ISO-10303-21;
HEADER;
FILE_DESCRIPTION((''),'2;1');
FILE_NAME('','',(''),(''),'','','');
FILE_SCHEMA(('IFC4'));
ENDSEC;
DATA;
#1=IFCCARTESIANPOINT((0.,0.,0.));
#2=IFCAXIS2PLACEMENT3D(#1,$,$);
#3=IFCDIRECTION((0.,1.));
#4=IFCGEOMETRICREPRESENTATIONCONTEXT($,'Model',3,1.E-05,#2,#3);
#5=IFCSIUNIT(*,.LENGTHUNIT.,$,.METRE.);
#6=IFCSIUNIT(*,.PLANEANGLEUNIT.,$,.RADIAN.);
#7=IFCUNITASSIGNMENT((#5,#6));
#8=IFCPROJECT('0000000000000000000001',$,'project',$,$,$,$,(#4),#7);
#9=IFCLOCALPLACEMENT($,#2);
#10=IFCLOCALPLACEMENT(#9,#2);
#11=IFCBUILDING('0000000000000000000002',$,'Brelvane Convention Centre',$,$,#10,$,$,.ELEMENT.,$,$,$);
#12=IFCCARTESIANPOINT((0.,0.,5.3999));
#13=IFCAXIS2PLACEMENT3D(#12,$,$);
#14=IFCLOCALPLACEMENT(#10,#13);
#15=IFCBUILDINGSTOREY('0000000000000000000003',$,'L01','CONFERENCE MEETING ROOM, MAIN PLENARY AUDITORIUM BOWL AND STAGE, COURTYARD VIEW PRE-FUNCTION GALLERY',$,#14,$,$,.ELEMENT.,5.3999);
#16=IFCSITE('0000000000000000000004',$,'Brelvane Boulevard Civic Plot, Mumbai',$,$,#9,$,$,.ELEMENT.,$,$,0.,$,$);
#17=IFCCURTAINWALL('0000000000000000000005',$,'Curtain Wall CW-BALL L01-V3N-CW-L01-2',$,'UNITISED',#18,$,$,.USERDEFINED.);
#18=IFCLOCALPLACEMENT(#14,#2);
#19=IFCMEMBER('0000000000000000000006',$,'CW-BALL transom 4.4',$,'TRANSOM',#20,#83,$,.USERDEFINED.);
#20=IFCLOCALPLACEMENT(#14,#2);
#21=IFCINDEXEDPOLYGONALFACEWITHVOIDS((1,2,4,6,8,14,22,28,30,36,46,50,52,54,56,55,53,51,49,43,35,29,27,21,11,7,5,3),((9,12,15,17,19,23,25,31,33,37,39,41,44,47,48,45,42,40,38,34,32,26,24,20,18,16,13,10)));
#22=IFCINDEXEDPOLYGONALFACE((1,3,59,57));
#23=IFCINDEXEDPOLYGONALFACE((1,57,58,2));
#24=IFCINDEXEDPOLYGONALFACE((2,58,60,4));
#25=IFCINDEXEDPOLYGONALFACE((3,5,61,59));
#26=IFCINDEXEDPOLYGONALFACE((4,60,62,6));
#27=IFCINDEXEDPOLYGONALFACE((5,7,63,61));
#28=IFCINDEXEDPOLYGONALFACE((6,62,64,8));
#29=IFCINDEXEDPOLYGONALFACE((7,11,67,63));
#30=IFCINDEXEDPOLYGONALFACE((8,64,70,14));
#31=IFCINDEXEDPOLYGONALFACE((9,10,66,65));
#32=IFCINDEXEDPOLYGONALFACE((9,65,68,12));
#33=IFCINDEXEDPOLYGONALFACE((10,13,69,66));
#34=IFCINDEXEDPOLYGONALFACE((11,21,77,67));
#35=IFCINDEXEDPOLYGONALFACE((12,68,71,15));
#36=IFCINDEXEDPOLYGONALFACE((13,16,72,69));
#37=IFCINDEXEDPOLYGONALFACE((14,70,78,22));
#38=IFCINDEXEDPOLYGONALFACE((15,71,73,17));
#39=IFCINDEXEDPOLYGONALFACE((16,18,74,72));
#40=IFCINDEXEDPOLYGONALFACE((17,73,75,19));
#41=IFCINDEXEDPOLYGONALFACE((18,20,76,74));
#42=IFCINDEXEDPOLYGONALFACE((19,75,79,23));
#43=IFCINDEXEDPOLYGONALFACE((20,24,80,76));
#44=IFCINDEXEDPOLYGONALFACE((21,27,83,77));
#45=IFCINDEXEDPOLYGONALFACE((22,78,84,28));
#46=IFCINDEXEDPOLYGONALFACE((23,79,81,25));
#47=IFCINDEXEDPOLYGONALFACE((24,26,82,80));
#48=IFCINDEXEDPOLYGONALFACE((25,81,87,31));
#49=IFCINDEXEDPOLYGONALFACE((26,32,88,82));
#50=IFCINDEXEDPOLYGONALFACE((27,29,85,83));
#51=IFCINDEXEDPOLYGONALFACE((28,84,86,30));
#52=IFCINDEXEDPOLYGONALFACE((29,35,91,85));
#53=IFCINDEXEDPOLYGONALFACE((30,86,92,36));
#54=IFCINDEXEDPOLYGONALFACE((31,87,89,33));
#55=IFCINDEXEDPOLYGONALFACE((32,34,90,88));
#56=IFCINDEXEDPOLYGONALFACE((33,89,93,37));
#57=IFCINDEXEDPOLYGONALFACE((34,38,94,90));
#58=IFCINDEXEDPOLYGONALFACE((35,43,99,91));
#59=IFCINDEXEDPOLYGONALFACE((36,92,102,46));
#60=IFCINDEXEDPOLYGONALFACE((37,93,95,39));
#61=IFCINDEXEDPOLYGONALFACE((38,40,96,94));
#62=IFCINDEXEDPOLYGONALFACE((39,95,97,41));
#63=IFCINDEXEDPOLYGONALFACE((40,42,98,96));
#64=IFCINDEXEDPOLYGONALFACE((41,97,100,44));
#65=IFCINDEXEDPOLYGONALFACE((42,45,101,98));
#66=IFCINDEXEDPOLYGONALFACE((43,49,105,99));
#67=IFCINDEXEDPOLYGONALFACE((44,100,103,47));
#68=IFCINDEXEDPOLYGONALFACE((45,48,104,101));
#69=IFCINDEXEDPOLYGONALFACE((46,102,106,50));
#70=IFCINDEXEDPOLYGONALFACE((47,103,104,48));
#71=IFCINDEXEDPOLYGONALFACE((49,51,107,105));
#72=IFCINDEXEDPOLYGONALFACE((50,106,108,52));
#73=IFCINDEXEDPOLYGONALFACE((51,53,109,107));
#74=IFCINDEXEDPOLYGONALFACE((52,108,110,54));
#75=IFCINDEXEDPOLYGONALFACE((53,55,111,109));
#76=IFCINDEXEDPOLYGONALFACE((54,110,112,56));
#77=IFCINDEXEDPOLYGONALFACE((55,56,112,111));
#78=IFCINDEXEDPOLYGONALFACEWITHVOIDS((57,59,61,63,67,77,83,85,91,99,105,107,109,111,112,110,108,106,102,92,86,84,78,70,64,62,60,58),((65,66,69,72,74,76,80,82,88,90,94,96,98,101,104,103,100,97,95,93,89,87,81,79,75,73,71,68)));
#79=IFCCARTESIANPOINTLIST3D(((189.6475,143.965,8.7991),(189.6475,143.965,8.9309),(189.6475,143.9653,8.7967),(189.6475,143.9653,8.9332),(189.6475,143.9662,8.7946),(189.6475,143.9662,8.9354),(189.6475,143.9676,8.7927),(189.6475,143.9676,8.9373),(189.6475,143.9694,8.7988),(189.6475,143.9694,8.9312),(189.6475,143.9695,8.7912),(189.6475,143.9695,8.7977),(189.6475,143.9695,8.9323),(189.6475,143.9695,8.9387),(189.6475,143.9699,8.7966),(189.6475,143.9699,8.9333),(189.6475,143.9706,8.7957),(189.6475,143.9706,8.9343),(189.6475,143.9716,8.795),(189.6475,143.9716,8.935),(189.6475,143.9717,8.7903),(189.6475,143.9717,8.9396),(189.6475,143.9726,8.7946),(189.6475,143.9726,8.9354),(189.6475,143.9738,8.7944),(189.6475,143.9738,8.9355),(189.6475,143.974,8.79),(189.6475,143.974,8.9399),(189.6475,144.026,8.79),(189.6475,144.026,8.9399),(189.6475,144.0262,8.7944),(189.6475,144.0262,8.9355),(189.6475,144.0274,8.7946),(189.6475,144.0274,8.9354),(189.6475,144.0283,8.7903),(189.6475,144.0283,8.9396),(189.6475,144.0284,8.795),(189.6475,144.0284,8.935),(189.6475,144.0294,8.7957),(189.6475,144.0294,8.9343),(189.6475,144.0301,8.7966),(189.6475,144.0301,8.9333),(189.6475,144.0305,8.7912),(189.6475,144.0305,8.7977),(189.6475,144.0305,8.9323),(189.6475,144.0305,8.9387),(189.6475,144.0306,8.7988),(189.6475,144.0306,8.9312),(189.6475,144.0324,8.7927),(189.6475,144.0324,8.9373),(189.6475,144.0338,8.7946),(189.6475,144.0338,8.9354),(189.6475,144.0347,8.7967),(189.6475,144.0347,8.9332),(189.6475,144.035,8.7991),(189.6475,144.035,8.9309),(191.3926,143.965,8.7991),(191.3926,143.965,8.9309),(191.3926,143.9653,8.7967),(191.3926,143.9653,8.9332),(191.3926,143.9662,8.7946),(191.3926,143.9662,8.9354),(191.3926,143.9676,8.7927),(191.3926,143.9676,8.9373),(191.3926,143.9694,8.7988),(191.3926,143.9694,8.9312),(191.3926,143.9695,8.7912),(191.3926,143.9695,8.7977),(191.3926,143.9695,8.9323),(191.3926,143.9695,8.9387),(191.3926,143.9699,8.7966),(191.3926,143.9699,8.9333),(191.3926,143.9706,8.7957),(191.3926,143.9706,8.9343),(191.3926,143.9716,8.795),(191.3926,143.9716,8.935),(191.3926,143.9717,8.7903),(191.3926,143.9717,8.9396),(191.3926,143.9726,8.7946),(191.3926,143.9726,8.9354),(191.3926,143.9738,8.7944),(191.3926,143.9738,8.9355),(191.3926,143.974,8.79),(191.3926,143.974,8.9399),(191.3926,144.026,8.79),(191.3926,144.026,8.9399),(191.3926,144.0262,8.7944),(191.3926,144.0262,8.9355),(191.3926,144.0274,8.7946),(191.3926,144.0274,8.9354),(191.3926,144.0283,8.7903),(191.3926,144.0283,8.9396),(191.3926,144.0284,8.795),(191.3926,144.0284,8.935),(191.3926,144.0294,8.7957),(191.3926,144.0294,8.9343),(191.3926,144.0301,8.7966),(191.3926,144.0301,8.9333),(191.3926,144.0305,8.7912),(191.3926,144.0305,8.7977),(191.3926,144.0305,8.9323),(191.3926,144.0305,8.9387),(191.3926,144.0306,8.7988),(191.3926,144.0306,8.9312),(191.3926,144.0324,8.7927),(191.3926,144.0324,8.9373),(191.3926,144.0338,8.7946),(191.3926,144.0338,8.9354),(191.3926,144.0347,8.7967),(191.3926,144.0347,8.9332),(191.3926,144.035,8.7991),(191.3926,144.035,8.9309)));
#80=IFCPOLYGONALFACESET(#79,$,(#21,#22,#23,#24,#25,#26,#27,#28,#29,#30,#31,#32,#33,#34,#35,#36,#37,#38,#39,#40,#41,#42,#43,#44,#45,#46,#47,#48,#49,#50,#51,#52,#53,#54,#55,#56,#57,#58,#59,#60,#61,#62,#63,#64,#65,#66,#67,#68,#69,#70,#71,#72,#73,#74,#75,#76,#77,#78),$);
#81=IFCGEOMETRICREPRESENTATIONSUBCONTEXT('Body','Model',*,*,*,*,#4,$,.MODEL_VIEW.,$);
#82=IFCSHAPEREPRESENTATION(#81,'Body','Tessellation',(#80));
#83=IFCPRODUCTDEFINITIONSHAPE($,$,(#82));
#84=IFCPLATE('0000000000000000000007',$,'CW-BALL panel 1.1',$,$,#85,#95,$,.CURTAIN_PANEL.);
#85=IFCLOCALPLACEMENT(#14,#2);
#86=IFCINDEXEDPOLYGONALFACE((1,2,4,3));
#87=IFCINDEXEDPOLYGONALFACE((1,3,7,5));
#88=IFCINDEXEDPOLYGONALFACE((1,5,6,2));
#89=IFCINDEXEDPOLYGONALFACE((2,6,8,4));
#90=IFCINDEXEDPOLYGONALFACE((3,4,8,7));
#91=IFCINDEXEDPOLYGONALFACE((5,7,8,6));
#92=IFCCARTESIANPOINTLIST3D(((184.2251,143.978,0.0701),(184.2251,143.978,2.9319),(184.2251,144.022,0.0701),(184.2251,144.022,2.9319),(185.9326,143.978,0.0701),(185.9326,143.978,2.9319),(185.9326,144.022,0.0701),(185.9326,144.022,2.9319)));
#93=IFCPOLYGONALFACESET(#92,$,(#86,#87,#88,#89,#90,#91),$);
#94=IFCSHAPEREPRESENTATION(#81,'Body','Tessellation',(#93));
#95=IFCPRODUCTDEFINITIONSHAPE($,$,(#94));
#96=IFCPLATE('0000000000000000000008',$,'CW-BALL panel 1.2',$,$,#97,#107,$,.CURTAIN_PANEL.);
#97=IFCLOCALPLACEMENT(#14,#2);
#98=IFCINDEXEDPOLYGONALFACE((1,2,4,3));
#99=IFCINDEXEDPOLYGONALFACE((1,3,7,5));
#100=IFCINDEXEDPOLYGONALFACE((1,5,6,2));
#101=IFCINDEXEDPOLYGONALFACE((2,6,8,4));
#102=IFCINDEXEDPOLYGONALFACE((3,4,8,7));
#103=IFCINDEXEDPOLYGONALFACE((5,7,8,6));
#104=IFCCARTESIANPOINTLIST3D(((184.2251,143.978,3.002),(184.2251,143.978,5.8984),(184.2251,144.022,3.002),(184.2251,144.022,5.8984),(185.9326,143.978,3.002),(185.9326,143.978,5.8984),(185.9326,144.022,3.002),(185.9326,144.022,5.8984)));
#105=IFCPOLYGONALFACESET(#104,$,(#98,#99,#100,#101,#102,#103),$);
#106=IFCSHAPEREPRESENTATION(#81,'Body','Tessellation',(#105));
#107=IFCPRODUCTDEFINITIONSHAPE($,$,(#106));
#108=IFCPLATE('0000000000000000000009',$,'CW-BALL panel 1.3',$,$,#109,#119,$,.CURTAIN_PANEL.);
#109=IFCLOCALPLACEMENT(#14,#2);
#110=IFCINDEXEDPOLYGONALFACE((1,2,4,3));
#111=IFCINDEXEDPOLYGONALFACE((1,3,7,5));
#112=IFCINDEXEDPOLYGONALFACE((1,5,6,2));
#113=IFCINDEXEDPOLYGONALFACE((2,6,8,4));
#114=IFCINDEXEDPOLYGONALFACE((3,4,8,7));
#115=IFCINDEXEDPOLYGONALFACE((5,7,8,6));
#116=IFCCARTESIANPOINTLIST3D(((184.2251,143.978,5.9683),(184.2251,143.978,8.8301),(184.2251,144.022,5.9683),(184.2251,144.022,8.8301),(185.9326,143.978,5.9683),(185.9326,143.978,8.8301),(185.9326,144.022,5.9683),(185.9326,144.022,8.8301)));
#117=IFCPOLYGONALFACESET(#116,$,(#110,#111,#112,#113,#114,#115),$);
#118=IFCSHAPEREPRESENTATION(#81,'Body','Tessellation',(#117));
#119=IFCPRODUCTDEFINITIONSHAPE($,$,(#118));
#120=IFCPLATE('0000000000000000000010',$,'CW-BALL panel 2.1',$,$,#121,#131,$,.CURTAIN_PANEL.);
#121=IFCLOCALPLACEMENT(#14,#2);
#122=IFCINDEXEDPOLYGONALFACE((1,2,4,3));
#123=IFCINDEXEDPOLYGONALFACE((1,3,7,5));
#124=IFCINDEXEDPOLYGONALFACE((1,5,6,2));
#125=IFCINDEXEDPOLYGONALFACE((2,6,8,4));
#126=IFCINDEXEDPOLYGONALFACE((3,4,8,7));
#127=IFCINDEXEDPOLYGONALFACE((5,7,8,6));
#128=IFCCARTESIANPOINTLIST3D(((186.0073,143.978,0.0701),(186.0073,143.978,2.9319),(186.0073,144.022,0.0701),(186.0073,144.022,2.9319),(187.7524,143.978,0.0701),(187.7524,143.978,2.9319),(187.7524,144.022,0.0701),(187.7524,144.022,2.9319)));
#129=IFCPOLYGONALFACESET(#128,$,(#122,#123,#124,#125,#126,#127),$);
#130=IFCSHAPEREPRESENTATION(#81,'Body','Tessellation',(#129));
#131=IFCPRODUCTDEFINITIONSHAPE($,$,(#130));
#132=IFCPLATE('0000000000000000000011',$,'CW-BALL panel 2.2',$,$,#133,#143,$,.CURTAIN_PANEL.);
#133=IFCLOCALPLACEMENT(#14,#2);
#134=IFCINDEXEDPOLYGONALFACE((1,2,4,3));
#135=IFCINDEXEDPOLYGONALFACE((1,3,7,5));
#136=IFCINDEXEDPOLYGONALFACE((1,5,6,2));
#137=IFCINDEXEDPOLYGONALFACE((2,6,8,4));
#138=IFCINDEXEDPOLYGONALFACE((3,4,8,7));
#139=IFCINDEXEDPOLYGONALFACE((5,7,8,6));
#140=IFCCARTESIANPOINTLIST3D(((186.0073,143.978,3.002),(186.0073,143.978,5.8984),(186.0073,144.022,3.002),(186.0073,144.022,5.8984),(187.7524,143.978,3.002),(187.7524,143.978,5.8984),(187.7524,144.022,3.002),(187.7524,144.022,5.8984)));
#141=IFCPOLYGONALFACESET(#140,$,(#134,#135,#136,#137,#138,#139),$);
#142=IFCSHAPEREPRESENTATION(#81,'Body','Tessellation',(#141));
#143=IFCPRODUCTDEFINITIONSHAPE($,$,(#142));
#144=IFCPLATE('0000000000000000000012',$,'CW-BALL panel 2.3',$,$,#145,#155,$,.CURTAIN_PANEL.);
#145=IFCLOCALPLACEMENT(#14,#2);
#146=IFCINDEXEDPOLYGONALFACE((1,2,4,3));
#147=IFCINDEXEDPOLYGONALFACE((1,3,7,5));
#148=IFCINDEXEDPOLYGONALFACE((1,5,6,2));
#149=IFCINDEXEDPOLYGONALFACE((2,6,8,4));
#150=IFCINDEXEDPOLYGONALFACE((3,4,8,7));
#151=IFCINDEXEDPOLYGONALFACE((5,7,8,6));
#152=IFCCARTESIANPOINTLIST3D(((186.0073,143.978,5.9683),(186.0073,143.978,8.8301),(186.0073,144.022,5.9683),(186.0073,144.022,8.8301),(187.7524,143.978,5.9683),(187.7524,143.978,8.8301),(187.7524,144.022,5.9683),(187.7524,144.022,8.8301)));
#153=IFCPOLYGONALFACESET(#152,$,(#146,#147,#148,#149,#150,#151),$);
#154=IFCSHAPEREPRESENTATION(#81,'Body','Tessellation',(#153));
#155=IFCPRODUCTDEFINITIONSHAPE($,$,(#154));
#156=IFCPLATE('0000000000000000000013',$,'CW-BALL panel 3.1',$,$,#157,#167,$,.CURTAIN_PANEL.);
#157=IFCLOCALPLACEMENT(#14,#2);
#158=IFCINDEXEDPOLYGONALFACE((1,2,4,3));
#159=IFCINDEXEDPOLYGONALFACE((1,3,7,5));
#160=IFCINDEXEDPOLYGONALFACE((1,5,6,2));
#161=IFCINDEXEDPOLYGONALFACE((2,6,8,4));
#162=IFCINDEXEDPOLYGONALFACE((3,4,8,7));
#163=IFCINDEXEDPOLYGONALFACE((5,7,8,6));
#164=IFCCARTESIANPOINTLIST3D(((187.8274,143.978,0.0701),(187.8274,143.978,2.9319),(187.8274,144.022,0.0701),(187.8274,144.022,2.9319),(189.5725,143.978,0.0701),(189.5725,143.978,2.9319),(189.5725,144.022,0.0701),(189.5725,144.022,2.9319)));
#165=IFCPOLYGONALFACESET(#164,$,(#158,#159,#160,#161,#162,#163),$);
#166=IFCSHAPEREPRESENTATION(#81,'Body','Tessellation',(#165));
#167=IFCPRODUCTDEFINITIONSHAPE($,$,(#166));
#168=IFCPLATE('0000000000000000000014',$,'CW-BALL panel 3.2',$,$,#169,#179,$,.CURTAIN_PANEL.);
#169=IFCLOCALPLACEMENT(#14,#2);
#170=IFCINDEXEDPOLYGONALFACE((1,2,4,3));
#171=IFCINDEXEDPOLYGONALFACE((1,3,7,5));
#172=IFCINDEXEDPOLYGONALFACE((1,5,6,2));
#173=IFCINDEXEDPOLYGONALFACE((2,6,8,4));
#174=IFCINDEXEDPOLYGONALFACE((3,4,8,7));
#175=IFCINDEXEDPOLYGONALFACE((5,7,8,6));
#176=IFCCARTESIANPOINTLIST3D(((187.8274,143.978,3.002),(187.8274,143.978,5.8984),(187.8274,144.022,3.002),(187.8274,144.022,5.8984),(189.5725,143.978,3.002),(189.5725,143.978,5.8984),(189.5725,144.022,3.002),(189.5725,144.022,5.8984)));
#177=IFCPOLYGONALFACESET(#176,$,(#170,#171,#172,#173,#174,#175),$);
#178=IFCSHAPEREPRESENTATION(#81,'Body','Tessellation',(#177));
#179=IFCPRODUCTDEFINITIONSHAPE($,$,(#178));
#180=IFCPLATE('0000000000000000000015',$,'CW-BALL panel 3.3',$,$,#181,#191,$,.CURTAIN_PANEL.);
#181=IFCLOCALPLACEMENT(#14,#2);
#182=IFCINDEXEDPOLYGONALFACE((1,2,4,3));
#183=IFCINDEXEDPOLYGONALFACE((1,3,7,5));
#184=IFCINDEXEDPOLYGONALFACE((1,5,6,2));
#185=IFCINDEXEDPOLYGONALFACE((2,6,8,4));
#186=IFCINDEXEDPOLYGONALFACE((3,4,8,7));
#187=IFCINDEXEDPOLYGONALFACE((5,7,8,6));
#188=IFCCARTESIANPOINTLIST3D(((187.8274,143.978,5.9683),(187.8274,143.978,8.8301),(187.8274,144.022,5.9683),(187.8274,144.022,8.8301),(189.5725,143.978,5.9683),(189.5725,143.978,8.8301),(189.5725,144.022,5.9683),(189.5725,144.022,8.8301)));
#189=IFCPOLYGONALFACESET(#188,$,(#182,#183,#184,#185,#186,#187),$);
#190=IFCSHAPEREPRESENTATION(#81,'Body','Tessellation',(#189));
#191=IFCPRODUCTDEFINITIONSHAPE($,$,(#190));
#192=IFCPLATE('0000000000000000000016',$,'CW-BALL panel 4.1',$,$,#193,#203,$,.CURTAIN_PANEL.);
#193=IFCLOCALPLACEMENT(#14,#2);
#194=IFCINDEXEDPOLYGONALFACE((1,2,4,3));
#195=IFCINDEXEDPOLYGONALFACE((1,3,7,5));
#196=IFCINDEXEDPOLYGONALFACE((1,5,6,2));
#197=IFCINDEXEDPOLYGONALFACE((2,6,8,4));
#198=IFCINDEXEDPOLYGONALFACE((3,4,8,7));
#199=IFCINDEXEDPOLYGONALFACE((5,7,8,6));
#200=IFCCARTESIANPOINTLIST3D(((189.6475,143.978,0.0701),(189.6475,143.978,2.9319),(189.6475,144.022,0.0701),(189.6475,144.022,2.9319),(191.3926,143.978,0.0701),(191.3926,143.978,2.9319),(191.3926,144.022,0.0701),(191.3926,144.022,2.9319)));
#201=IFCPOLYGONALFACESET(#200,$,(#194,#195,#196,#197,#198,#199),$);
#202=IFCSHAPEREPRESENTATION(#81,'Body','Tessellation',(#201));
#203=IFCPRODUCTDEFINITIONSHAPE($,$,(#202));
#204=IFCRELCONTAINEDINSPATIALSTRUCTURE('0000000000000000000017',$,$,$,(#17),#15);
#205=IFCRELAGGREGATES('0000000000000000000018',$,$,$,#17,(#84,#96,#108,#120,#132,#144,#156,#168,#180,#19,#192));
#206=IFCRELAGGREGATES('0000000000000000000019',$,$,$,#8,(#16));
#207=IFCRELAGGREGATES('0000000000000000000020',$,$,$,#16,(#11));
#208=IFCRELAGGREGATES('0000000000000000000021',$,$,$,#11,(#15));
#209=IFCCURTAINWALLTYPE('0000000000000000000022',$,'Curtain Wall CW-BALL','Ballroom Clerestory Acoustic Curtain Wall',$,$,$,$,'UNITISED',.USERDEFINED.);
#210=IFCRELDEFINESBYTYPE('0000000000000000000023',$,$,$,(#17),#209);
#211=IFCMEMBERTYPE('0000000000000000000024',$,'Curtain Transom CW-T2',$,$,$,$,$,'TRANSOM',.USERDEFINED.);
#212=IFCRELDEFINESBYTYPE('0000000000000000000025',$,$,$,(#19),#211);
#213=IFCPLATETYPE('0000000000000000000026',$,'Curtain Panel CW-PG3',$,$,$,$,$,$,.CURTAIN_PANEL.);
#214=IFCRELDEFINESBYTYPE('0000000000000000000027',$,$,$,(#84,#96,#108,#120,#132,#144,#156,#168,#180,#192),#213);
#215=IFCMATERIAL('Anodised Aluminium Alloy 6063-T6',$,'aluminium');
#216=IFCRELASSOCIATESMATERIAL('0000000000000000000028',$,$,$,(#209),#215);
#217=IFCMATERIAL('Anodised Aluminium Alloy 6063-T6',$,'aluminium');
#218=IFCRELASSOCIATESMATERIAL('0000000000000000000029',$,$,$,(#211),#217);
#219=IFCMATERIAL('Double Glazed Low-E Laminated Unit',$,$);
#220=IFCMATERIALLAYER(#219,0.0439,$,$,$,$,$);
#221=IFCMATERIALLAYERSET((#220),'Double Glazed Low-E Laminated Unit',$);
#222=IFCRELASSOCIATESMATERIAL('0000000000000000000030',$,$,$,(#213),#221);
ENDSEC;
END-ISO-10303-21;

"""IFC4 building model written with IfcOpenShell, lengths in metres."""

from ifc_helpers import new_model, si_unit, direction, frame, origin, origin_2d, place, context, subcontext, project, spatial, rectangle, hollow_rectangle, extrude, material, layer, layer_set, material_profile, profile_set, type_object, element, aggregate, save


model = new_model("IFC4")

# Units and contexts
model_context = context("Model", 3, precision=1e-05, world=origin(), true_north=direction((0.0, 1.0)))
body_context = subcontext(model_context, "Body", "Model", "MODEL_VIEW")
ifc_project = project(units=[si_unit("LENGTHUNIT", "METRE"), si_unit("PLANEANGLEUNIT", "RADIAN")], contexts=[model_context])

# Site, building, storey
site_placement = place(None, origin())
site = spatial("IfcSite", under=ifc_project, at=site_placement, Name="Brelvane Boulevard Civic Plot, Mumbai", CompositionType="ELEMENT", RefElevation=0.0)
building_placement = place(site_placement, origin())
building = spatial("IfcBuilding", under=site, at=building_placement, Name="Brelvane Convention Centre", CompositionType="ELEMENT")
storey_placement = place(building_placement, frame((0.0, 0.0, 5.3999)))
storey = spatial("IfcBuildingStorey", under=building, at=storey_placement, Name="L01", Description="CONFERENCE MEETING ROOM, MAIN PLENARY AUDITORIUM BOWL AND STAGE, COURTYARD VIEW PRE-FUNCTION GALLERY", CompositionType="ELEMENT", Elevation=5.3999)

# Curtain wall, member, plates
ifc_material_1 = material(Name="Anodised Aluminium Alloy 6063-T6", Category="aluminium")
curtain_wall_type = type_object("IfcCurtainWallType", Name="Curtain Wall CW-BALL", Description="Ballroom Clerestory Acoustic Curtain Wall", ElementType="UNITISED", PredefinedType="USERDEFINED", material=ifc_material_1)
curtain_wall_placement = place(storey_placement, origin())
curtain_wall = element("IfcCurtainWall", 1, at=curtain_wall_placement, inside=storey, type_object=curtain_wall_type, Name="Curtain Wall CW-BALL L01-V3N-CW-L01-2", ObjectType="UNITISED", PredefinedType="USERDEFINED")
ifc_material_2 = material(Name="Anodised Aluminium Alloy 6063-T6", Category="aluminium")
ifc_material_profile_1 = material_profile(ifc_material_2, hollow_rectangle(XDim=0.0701, YDim=0.1499, WallThickness=0.0044, InnerFilletRadius=0.0044, OuterFilletRadius=0.009, at=origin_2d()), Name="ALU-T 150x70x4.5")
ifc_profile_set_1 = profile_set([ifc_material_profile_1], Name="Anodised Aluminium Alloy 6063-T6")
member_type_1 = type_object("IfcMemberType", Name="Curtain Transom CW-T2", ElementType="TRANSOM", PredefinedType="USERDEFINED", material=ifc_profile_set_1)
member_1_placement = place(storey_placement, frame((189.6475, 144.0, 8.865), z_axis=(1.0, 0.0, 0.0), x_axis=(0.0, 1.0, 0.0)))
member_1 = element("IfcMember", 2, at=member_1_placement, type_object=member_type_1, Name="CW-BALL transom 4.4", ObjectType="TRANSOM", PredefinedType="USERDEFINED", context=body_context, shape_type="SweptSolid", body=[
    extrude(hollow_rectangle(XDim=0.0701, YDim=0.1499, WallThickness=0.0044, InnerFilletRadius=0.0044, OuterFilletRadius=0.009, at=origin_2d()), origin(), (0.0, 0.0, 1.0), 1.7451),
])
ifc_material_3 = material(Name="Double Glazed Low-E Laminated Unit")
ifc_layer = layer(ifc_material_3, 0.0439)
ifc_layer_set = layer_set([ifc_layer], Name="Double Glazed Low-E Laminated Unit")
plate_type = type_object("IfcPlateType", Name="Curtain Panel CW-PG3", PredefinedType="CURTAIN_PANEL", material=ifc_layer_set)
plate_1_placement = place(storey_placement, frame((185.0789, 144.0, 0.0701), z_axis=(0.0, 0.0, 1.0), x_axis=(1.0, 0.0, 0.0)))
plate_1 = element("IfcPlate", 3, at=plate_1_placement, type_object=plate_type, Name="CW-BALL panel 1.1", PredefinedType="CURTAIN_PANEL", context=body_context, shape_type="SweptSolid", body=[
    extrude(rectangle(XDim=1.7075, YDim=0.0439, at=origin_2d()), origin(), (0.0, 0.0, 1.0), 2.8618),
])
plate_2_placement = place(storey_placement, frame((185.0789, 144.0, 3.002), z_axis=(0.0, 0.0, 1.0), x_axis=(1.0, 0.0, 0.0)))
plate_2 = element("IfcPlate", 4, at=plate_2_placement, type_object=plate_type, Name="CW-BALL panel 1.2", PredefinedType="CURTAIN_PANEL", context=body_context, shape_type="SweptSolid", body=[
    extrude(rectangle(XDim=1.7075, YDim=0.0439, at=origin_2d()), origin(), (0.0, 0.0, 1.0), 2.8965),
])
plate_3_placement = place(storey_placement, frame((185.0789, 144.0, 5.9683), z_axis=(0.0, 0.0, 1.0), x_axis=(1.0, 0.0, 0.0)))
plate_3 = element("IfcPlate", 5, at=plate_3_placement, type_object=plate_type, Name="CW-BALL panel 1.3", PredefinedType="CURTAIN_PANEL", context=body_context, shape_type="SweptSolid", body=[
    extrude(rectangle(XDim=1.7075, YDim=0.0439, at=origin_2d()), origin(), (0.0, 0.0, 1.0), 2.8618),
])
plate_4_placement = place(storey_placement, frame((186.8799, 144.0, 0.0701), z_axis=(0.0, 0.0, 1.0), x_axis=(1.0, 0.0, 0.0)))
plate_4 = element("IfcPlate", 6, at=plate_4_placement, type_object=plate_type, Name="CW-BALL panel 2.1", PredefinedType="CURTAIN_PANEL", context=body_context, shape_type="SweptSolid", body=[
    extrude(rectangle(XDim=1.7451, YDim=0.0439, at=origin_2d()), origin(), (0.0, 0.0, 1.0), 2.8618),
])
plate_5_placement = place(storey_placement, frame((186.8799, 144.0, 3.002), z_axis=(0.0, 0.0, 1.0), x_axis=(1.0, 0.0, 0.0)))
plate_5 = element("IfcPlate", 7, at=plate_5_placement, type_object=plate_type, Name="CW-BALL panel 2.2", PredefinedType="CURTAIN_PANEL", context=body_context, shape_type="SweptSolid", body=[
    extrude(rectangle(XDim=1.7451, YDim=0.0439, at=origin_2d()), origin(), (0.0, 0.0, 1.0), 2.8965),
])
plate_6_placement = place(storey_placement, frame((186.8799, 144.0, 5.9683), z_axis=(0.0, 0.0, 1.0), x_axis=(1.0, 0.0, 0.0)))
plate_6 = element("IfcPlate", 8, at=plate_6_placement, type_object=plate_type, Name="CW-BALL panel 2.3", PredefinedType="CURTAIN_PANEL", context=body_context, shape_type="SweptSolid", body=[
    extrude(rectangle(XDim=1.7451, YDim=0.0439, at=origin_2d()), origin(), (0.0, 0.0, 1.0), 2.8618),
])
plate_7_placement = place(storey_placement, frame((188.7, 144.0, 0.0701), z_axis=(0.0, 0.0, 1.0), x_axis=(1.0, 0.0, 0.0)))
plate_7 = element("IfcPlate", 9, at=plate_7_placement, type_object=plate_type, Name="CW-BALL panel 3.1", PredefinedType="CURTAIN_PANEL", context=body_context, shape_type="SweptSolid", body=[
    extrude(rectangle(XDim=1.7451, YDim=0.0439, at=origin_2d()), origin(), (0.0, 0.0, 1.0), 2.8618),
])
plate_8_placement = place(storey_placement, frame((188.7, 144.0, 3.002), z_axis=(0.0, 0.0, 1.0), x_axis=(1.0, 0.0, 0.0)))
plate_8 = element("IfcPlate", 10, at=plate_8_placement, type_object=plate_type, Name="CW-BALL panel 3.2", PredefinedType="CURTAIN_PANEL", context=body_context, shape_type="SweptSolid", body=[
    extrude(rectangle(XDim=1.7451, YDim=0.0439, at=origin_2d()), origin(), (0.0, 0.0, 1.0), 2.8965),
])
plate_9_placement = place(storey_placement, frame((188.7, 144.0, 5.9683), z_axis=(0.0, 0.0, 1.0), x_axis=(1.0, 0.0, 0.0)))
plate_9 = element("IfcPlate", 11, at=plate_9_placement, type_object=plate_type, Name="CW-BALL panel 3.3", PredefinedType="CURTAIN_PANEL", context=body_context, shape_type="SweptSolid", body=[
    extrude(rectangle(XDim=1.7451, YDim=0.0439, at=origin_2d()), origin(), (0.0, 0.0, 1.0), 2.8618),
])
plate_10_placement = place(storey_placement, frame((190.52, 144.0, 0.0701), z_axis=(0.0, 0.0, 1.0), x_axis=(1.0, 0.0, 0.0)))
plate_10 = element("IfcPlate", 12, at=plate_10_placement, type_object=plate_type, Name="CW-BALL panel 4.1", PredefinedType="CURTAIN_PANEL", context=body_context, shape_type="SweptSolid", body=[
    extrude(rectangle(XDim=1.7451, YDim=0.0439, at=origin_2d()), origin(), (0.0, 0.0, 1.0), 2.8618),
])
aggregate(curtain_wall, [plate_1, plate_2, plate_3, plate_4, plate_5, plate_6, plate_7, plate_8, plate_9, member_1, plate_10])

save(model, "model.ifc")
